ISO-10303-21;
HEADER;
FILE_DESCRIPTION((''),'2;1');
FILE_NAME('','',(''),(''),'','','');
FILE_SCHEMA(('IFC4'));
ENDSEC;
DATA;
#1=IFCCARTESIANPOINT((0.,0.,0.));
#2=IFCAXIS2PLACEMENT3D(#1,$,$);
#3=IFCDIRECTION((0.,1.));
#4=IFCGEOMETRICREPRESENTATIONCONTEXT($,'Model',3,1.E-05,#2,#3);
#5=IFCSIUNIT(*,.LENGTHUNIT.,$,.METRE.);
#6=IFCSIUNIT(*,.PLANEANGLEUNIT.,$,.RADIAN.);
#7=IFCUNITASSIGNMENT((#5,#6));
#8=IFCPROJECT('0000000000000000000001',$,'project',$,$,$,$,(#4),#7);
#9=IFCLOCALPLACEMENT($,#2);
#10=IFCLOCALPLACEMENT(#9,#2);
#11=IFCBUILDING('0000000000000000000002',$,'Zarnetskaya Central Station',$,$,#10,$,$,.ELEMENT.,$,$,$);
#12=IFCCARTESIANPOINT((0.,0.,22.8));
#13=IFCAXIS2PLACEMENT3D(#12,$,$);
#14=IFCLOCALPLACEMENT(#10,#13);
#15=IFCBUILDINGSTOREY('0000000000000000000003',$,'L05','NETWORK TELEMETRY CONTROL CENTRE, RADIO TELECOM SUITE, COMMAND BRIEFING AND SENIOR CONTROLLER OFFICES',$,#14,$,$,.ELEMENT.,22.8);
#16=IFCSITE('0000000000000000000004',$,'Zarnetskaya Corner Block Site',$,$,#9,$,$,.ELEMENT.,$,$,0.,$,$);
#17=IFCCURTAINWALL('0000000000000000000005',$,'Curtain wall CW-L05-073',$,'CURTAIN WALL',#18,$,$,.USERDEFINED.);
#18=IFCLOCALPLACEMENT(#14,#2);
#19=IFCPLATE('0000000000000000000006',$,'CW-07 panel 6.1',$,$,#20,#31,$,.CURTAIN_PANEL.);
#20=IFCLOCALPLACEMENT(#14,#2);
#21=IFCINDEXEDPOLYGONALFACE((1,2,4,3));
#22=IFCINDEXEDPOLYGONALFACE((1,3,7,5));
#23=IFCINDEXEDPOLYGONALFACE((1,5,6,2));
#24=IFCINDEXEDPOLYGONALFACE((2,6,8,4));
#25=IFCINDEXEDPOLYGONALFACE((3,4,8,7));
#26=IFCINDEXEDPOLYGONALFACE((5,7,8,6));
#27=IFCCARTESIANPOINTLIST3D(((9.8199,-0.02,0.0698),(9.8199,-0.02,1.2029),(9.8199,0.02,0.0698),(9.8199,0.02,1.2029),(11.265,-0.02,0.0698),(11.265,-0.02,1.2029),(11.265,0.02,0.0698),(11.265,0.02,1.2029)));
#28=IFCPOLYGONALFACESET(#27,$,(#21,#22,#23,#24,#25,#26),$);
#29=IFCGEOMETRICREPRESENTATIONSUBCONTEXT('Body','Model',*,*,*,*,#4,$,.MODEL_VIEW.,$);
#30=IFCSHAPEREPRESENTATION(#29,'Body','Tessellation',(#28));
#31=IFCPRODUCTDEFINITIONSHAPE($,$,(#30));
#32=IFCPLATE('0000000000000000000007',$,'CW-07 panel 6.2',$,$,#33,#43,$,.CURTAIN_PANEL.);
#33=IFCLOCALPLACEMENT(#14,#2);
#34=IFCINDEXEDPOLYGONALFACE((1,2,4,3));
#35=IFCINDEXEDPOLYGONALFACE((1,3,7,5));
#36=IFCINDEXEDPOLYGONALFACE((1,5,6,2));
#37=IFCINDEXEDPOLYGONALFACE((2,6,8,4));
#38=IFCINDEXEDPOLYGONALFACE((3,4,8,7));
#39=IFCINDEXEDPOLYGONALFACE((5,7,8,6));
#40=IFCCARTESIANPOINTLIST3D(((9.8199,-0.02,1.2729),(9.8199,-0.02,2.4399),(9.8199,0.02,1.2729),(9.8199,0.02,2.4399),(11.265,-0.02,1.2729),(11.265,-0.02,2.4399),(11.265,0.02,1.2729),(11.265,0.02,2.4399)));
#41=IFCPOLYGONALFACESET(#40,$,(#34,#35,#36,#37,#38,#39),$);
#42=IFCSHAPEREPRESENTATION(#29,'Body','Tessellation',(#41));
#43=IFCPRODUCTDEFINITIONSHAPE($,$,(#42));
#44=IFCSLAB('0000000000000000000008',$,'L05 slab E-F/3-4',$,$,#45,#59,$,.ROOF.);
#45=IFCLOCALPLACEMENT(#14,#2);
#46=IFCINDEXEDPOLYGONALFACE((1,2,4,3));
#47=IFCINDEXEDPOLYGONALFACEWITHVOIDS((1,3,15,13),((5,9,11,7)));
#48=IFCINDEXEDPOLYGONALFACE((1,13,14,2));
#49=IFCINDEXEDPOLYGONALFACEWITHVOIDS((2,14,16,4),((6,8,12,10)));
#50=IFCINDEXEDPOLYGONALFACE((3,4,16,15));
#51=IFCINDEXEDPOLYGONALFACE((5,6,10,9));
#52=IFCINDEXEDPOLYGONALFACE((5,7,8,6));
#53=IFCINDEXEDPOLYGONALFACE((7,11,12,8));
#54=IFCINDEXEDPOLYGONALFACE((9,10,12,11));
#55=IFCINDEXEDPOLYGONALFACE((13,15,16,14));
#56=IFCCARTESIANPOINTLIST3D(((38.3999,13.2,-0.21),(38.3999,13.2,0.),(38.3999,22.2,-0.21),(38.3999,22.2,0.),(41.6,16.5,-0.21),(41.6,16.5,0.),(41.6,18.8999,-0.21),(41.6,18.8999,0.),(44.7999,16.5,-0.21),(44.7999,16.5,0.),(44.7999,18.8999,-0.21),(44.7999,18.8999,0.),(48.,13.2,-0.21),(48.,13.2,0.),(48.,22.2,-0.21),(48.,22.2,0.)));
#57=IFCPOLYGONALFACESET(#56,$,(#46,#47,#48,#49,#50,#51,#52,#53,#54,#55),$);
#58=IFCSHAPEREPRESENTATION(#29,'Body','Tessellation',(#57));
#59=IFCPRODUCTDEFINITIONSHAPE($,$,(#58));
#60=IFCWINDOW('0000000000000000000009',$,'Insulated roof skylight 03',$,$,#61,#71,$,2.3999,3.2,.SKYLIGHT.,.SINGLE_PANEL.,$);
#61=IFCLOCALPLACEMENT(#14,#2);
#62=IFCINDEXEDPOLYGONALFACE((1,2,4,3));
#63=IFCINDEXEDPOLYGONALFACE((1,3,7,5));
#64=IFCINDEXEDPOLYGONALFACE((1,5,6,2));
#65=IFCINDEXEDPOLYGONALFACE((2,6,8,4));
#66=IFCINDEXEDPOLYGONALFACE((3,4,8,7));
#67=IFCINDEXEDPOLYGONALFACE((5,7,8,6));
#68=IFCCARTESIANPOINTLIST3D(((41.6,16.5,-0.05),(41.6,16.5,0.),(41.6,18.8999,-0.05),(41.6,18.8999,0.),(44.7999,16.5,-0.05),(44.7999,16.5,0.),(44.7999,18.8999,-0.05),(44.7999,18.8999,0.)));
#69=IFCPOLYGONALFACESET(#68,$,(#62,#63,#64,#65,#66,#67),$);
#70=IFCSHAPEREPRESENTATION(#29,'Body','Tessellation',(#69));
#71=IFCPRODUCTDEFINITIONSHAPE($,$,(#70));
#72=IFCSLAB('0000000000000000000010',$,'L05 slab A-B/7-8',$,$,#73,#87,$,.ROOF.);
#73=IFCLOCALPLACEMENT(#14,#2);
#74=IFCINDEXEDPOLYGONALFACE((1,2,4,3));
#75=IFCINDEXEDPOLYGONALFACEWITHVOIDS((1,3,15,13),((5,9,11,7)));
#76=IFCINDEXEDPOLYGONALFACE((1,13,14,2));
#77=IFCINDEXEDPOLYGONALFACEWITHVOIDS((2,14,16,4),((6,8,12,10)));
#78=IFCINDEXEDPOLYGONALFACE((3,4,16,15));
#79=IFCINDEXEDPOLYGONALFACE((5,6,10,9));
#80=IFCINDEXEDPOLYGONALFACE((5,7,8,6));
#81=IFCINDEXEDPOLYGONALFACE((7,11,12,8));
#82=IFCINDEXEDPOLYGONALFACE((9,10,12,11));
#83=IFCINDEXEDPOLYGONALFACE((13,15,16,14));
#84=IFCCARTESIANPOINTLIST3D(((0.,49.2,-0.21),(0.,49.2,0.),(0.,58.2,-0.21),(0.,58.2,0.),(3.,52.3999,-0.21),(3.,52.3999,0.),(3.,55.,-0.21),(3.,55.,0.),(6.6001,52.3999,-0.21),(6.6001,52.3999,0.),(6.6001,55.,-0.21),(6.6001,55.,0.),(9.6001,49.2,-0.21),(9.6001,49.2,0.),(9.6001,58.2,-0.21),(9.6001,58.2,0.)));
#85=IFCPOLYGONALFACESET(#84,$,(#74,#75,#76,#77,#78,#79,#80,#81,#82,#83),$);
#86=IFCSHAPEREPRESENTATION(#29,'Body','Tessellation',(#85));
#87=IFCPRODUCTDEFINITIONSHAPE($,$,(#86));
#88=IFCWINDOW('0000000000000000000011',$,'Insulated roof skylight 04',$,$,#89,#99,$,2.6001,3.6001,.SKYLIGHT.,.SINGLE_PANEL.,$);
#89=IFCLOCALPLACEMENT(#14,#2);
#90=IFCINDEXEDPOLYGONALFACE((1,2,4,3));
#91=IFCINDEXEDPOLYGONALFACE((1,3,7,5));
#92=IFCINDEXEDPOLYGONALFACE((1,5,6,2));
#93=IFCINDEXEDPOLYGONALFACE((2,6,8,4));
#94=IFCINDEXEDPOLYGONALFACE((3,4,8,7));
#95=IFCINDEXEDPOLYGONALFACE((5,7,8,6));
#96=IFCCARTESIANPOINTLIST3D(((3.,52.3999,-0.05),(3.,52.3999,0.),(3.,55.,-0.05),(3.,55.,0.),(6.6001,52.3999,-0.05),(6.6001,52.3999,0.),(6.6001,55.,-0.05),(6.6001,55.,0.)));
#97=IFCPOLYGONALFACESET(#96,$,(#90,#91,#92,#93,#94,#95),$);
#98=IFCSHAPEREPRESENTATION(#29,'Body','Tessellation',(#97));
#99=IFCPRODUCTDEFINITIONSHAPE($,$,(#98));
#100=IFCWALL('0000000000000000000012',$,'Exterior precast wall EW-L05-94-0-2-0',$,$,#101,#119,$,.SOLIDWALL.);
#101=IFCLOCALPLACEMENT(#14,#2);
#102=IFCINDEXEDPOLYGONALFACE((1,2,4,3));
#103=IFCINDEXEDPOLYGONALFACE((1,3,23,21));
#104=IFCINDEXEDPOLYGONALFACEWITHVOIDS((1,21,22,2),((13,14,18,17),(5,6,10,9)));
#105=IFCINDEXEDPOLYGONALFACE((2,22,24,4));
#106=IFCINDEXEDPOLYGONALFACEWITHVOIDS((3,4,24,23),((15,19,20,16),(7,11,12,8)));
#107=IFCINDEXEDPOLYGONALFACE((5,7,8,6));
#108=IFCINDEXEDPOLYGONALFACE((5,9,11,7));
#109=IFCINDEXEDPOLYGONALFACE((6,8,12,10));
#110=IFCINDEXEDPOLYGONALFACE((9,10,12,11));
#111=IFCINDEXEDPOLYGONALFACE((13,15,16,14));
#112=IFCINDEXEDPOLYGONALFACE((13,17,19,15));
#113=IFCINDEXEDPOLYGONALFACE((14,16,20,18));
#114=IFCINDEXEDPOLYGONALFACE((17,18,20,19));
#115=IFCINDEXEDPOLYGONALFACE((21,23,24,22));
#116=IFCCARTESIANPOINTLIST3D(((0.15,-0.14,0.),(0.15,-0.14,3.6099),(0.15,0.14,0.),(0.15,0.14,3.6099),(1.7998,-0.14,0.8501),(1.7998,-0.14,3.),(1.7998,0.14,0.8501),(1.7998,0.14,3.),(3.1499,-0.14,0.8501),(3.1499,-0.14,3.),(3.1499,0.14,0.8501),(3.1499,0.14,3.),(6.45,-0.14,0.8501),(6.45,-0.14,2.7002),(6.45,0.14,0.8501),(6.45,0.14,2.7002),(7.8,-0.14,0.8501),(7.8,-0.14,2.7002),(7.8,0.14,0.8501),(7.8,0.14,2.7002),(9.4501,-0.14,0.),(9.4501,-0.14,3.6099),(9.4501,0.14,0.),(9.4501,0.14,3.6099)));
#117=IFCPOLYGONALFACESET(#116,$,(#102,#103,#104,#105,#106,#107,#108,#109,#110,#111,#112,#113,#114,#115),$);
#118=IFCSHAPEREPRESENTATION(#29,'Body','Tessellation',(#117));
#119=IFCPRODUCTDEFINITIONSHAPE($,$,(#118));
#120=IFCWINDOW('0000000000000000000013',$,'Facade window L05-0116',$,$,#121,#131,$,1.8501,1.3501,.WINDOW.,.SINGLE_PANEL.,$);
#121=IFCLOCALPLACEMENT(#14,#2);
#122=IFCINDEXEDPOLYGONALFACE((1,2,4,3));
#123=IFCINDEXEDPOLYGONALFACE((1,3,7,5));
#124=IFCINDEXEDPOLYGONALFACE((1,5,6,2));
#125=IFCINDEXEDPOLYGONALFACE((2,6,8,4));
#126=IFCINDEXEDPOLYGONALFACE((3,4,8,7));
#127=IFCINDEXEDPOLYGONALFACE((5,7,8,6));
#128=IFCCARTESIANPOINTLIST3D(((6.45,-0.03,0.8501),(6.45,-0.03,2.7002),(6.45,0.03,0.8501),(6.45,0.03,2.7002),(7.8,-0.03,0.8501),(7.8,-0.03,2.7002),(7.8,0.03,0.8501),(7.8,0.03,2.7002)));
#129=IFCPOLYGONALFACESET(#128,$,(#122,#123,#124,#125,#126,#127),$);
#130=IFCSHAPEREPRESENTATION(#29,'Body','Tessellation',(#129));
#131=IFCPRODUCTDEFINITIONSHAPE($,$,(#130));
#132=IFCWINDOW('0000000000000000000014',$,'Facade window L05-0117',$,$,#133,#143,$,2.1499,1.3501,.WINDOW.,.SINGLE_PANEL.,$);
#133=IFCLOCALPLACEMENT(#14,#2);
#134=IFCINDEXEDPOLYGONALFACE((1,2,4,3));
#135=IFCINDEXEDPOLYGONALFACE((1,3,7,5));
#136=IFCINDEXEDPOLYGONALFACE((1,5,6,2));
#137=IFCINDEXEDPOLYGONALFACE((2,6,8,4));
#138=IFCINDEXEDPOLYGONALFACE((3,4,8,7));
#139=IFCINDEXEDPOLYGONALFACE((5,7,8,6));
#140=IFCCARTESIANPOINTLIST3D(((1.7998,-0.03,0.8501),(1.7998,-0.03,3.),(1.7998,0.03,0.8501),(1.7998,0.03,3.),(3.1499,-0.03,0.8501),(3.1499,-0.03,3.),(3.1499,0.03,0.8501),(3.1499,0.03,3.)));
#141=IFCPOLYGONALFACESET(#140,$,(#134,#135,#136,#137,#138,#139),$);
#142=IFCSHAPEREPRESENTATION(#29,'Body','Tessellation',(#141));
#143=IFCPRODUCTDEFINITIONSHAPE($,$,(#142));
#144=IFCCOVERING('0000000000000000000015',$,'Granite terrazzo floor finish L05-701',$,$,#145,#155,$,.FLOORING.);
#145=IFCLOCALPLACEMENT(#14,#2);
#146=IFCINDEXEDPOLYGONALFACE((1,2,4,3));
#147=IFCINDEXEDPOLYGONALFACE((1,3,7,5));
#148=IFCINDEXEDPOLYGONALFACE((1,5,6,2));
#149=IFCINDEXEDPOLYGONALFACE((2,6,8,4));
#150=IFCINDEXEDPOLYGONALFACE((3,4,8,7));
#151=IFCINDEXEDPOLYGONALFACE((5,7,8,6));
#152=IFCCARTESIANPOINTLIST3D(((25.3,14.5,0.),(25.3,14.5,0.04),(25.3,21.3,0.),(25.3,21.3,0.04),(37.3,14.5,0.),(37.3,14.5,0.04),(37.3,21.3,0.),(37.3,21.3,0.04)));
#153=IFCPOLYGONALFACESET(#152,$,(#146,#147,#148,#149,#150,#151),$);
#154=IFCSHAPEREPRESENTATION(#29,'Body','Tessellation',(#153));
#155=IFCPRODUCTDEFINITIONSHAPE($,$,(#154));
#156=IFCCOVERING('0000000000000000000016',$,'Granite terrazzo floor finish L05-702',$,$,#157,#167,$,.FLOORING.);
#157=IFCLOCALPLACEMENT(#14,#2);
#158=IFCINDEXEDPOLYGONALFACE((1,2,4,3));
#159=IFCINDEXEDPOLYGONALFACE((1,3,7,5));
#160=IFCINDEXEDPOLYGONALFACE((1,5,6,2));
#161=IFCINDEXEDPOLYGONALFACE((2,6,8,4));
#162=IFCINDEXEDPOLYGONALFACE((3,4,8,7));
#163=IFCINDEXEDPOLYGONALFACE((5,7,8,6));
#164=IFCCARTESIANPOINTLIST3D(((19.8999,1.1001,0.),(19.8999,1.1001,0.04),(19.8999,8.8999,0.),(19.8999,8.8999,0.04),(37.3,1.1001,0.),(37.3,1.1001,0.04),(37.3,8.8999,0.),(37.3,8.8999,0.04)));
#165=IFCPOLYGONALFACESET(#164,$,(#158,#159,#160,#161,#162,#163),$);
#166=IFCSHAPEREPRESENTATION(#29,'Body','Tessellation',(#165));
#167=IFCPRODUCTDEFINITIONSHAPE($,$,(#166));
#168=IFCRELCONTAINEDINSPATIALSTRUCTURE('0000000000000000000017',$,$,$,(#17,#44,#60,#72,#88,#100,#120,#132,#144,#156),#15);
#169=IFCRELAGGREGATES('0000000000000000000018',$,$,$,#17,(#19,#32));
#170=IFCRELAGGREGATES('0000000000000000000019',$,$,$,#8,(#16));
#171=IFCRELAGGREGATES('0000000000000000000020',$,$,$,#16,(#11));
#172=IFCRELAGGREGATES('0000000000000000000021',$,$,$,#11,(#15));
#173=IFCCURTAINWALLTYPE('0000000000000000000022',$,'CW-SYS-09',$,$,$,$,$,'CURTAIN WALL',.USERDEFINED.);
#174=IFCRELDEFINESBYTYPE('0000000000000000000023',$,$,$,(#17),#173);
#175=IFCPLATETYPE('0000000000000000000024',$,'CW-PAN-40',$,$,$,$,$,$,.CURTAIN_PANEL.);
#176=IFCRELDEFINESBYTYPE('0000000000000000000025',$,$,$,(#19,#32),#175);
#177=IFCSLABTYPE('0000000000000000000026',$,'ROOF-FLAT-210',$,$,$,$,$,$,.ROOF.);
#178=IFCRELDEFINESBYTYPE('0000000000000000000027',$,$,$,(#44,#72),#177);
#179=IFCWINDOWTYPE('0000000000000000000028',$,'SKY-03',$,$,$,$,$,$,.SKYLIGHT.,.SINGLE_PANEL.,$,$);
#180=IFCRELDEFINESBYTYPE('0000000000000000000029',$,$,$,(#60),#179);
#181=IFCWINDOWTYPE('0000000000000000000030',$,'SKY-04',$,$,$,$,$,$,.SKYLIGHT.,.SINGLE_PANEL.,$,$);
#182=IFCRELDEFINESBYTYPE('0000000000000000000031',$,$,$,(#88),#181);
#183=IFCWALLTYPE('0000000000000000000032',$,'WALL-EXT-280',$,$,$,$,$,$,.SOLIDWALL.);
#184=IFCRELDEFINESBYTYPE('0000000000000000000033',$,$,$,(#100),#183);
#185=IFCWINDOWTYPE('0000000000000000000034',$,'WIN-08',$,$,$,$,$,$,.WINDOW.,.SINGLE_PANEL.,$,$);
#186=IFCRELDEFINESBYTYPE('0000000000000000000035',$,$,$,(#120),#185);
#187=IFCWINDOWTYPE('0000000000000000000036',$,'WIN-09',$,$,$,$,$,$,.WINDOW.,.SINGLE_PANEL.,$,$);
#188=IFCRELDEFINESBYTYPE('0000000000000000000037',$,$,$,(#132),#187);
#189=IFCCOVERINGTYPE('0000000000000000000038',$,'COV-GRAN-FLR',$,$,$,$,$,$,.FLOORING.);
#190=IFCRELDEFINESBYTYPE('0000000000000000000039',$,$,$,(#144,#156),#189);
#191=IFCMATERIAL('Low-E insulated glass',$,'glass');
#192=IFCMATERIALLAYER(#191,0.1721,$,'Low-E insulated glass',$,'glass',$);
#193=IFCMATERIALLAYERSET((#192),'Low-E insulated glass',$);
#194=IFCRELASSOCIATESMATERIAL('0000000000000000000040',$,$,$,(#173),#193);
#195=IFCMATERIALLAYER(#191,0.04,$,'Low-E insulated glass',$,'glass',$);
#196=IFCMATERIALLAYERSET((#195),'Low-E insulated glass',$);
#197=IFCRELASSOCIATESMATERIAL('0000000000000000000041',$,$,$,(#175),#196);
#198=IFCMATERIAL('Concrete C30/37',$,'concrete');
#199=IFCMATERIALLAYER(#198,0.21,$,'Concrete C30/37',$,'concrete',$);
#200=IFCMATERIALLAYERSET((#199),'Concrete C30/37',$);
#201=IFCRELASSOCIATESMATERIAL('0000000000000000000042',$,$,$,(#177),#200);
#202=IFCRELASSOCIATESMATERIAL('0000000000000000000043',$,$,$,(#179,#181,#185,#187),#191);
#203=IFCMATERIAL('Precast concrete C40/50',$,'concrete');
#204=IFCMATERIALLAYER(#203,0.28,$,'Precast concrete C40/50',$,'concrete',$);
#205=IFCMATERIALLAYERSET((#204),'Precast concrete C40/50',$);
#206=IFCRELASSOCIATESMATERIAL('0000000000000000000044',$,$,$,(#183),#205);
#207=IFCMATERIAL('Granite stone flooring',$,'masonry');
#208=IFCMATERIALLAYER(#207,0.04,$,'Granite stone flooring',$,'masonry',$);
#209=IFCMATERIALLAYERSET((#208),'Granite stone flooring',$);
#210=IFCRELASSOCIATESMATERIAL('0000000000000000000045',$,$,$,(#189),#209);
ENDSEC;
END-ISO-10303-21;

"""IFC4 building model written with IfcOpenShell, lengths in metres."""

from ifc_helpers import new_model, si_unit, direction, frame, frame_2d, origin, origin_2d, place, context, subcontext, project, spatial, polyline, rectangle, outline, extrude, material, layer, layer_set, type_object, element, fill, aggregate, save


model = new_model("IFC4")

# Units and contexts
model_context = context("Model", 3, precision=1e-05, world=origin(), true_north=direction((0.0, 1.0)))
body_context = subcontext(model_context, "Body", "Model", "MODEL_VIEW")
ifc_project = project(units=[si_unit("LENGTHUNIT", "METRE"), si_unit("PLANEANGLEUNIT", "RADIAN")], contexts=[model_context])

# Site, building, storey
site_placement = place(None, origin())
site = spatial("IfcSite", under=ifc_project, at=site_placement, Name="Zarnetskaya Corner Block Site", CompositionType="ELEMENT", RefElevation=0.0)
building_placement = place(site_placement, origin())
building = spatial("IfcBuilding", under=site, at=building_placement, Name="Zarnetskaya Central Station", CompositionType="ELEMENT")
storey_placement = place(building_placement, frame((0.0, 0.0, 22.8)))
storey = spatial("IfcBuildingStorey", under=building, at=storey_placement, Name="L05", Description="NETWORK TELEMETRY CONTROL CENTRE, RADIO TELECOM SUITE, COMMAND BRIEFING AND SENIOR CONTROLLER OFFICES", CompositionType="ELEMENT", Elevation=22.8)

# Curtain wall
ifc_material_1 = material(Name="Low-E insulated glass", Category="glass")
ifc_layer_1 = layer(ifc_material_1, 0.1721, Name="Low-E insulated glass", Category="glass")
ifc_layer_set_1 = layer_set([ifc_layer_1], Name="Low-E insulated glass")
curtain_wall_type_1 = type_object("IfcCurtainWallType", Name="CW-SYS-09", ElementType="CURTAIN WALL", PredefinedType="USERDEFINED", material=ifc_layer_set_1)
curtain_wall_1_placement = place(storey_placement, origin())
curtain_wall_1 = element("IfcCurtainWall", 1, at=curtain_wall_1_placement, inside=storey, type_object=curtain_wall_type_1, Name="Curtain wall CW-L05-073", ObjectType="CURTAIN WALL", PredefinedType="USERDEFINED")

# Plates
ifc_layer_2 = layer(ifc_material_1, 0.04, Name="Low-E insulated glass", Category="glass")
ifc_layer_set_2 = layer_set([ifc_layer_2], Name="Low-E insulated glass")
plate_type = type_object("IfcPlateType", Name="CW-PAN-40", PredefinedType="CURTAIN_PANEL", material=ifc_layer_set_2)
plate_1_placement = place(storey_placement, frame((10.5425, 0.0, 0.0698), z_axis=(0.0, 0.0, 1.0), x_axis=(-1.0, 0.0, 0.0)))
plate_1 = element("IfcPlate", 2, at=plate_1_placement, type_object=plate_type, Name="CW-07 panel 6.1", PredefinedType="CURTAIN_PANEL", context=body_context, shape_type="SweptSolid", body=[
    extrude(rectangle(XDim=1.4451, YDim=0.04, at=origin_2d()), origin(), (0.0, 0.0, 1.0), 1.1331),
])
plate_2_placement = place(storey_placement, frame((10.5425, 0.0, 1.2729), z_axis=(0.0, 0.0, 1.0), x_axis=(-1.0, 0.0, 0.0)))
plate_2 = element("IfcPlate", 3, at=plate_2_placement, type_object=plate_type, Name="CW-07 panel 6.2", PredefinedType="CURTAIN_PANEL", context=body_context, shape_type="SweptSolid", body=[
    extrude(rectangle(XDim=1.4451, YDim=0.04, at=origin_2d()), origin(), (0.0, 0.0, 1.0), 1.167),
])
aggregate(curtain_wall_1, [plate_1, plate_2])

# Slabs, openings, windows
ifc_material_2 = material(Name="Concrete C30/37", Category="concrete")
ifc_layer_3 = layer(ifc_material_2, 0.21, Name="Concrete C30/37", Category="concrete")
ifc_layer_set_3 = layer_set([ifc_layer_3], Name="Concrete C30/37")
slab_type = type_object("IfcSlabType", Name="ROOF-FLAT-210", PredefinedType="ROOF", material=ifc_layer_set_3)
slab_1_placement = place(storey_placement, frame((0.0, 0.0, -0.21)))
slab_1 = element("IfcSlab", 4, at=slab_1_placement, inside=storey, type_object=slab_type, Name="L05 slab E-F/3-4", PredefinedType="ROOF", context=body_context, shape_type="SweptSolid", body=[
    extrude(outline(polyline([(38.3999, 13.2), (48.0, 13.2), (48.0, 22.2), (38.3999, 22.2), (38.3999, 13.2)])), origin(), (0.0, 0.0, 1.0), 0.21),
])
opening_1_placement = place(slab_1_placement, frame((43.2, 17.7, 0.0)))
opening_1 = element("IfcOpeningElement", 5, at=opening_1_placement, cuts=slab_1, PredefinedType="OPENING", context=body_context, shape_type="SweptSolid", body=[
    extrude(rectangle(XDim=3.2, YDim=2.3999, at=origin_2d()), frame((0.0, 0.0, -0.01)), (0.0, 0.0, 1.0), 0.23),
])
window_type_1 = type_object("IfcWindowType", Name="SKY-03", PartitioningType="SINGLE_PANEL", PredefinedType="SKYLIGHT", material=ifc_material_1)
window_1_placement = place(opening_1_placement, frame((0.0, 0.0, 0.1599)))
window_1 = element("IfcWindow", 6, at=window_1_placement, inside=storey, type_object=window_type_1, Name="Insulated roof skylight 03", OverallHeight=2.3999, OverallWidth=3.2, PartitioningType="SINGLE_PANEL", PredefinedType="SKYLIGHT", context=body_context, shape_type="SweptSolid", body=[
    extrude(rectangle(XDim=3.2, YDim=2.3999, at=origin_2d()), origin(), (0.0, 0.0, 1.0), 0.05),
])
fill(opening_1, window_1)
slab_2_placement = place(storey_placement, frame((0.0, 0.0, -0.21)))
slab_2 = element("IfcSlab", 7, at=slab_2_placement, inside=storey, type_object=slab_type, Name="L05 slab A-B/7-8", PredefinedType="ROOF", context=body_context, shape_type="SweptSolid", body=[
    extrude(outline(polyline([(0.0, 49.2), (9.6001, 49.2), (9.6001, 58.2), (0.0, 58.2), (0.0, 49.2)])), origin(), (0.0, 0.0, 1.0), 0.21),
])
opening_2_placement = place(slab_2_placement, frame((4.8, 53.7, 0.0)))
opening_2 = element("IfcOpeningElement", 8, at=opening_2_placement, cuts=slab_2, PredefinedType="OPENING", context=body_context, shape_type="SweptSolid", body=[
    extrude(rectangle(XDim=3.6001, YDim=2.6001, at=origin_2d()), frame((0.0, 0.0, -0.01)), (0.0, 0.0, 1.0), 0.23),
])
window_type_2 = type_object("IfcWindowType", Name="SKY-04", PartitioningType="SINGLE_PANEL", PredefinedType="SKYLIGHT", material=ifc_material_1)
window_2_placement = place(opening_2_placement, frame((0.0, 0.0, 0.1599)))
window_2 = element("IfcWindow", 9, at=window_2_placement, inside=storey, type_object=window_type_2, Name="Insulated roof skylight 04", OverallHeight=2.6001, OverallWidth=3.6001, PartitioningType="SINGLE_PANEL", PredefinedType="SKYLIGHT", context=body_context, shape_type="SweptSolid", body=[
    extrude(rectangle(XDim=3.6001, YDim=2.6001, at=origin_2d()), origin(), (0.0, 0.0, 1.0), 0.05),
])
fill(opening_2, window_2)

# Wall, openings, windows
ifc_material_3 = material(Name="Precast concrete C40/50", Category="concrete")
ifc_layer_4 = layer(ifc_material_3, 0.28, Name="Precast concrete C40/50", Category="concrete")
ifc_layer_set_4 = layer_set([ifc_layer_4], Name="Precast concrete C40/50")
wall_type = type_object("IfcWallType", Name="WALL-EXT-280", PredefinedType="SOLIDWALL", material=ifc_layer_set_4)
wall_placement = place(storey_placement, frame((9.45, 0.0, 0.0), z_axis=(0.0, 0.0, 1.0), x_axis=(-1.0, 0.0, 0.0)))
wall = element("IfcWall", 10, at=wall_placement, inside=storey, type_object=wall_type, Name="Exterior precast wall EW-L05-94-0-2-0", PredefinedType="SOLIDWALL", context=body_context, shape_type="SweptSolid", body=[
    extrude(rectangle(XDim=9.3, YDim=0.28, at=frame_2d((4.6499, 0.0))), origin(), (0.0, 0.0, 1.0), 3.6099),
])
opening_3_placement = place(wall_placement, frame((1.6499, 0.0, 0.8501)))
opening_3 = element("IfcOpeningElement", 11, at=opening_3_placement, cuts=wall, PredefinedType="OPENING", context=body_context, shape_type="SweptSolid", body=[
    extrude(rectangle(XDim=1.3501, YDim=1.8501, at=frame_2d((0.675, 0.925))), frame((0.0, 0.1499, 0.0), z_axis=(0.0, -1.0, 0.0), x_axis=(1.0, 0.0, 0.0)), (0.0, 0.0, 1.0), 0.3),
])
opening_4_placement = place(wall_placement, frame((6.3, 0.0, 0.8501)))
opening_4 = element("IfcOpeningElement", 12, at=opening_4_placement, cuts=wall, PredefinedType="OPENING", context=body_context, shape_type="SweptSolid", body=[
    extrude(rectangle(XDim=1.3501, YDim=2.1499, at=frame_2d((0.675, 1.075))), frame((0.0, 0.1499, 0.0), z_axis=(0.0, -1.0, 0.0), x_axis=(1.0, 0.0, 0.0)), (0.0, 0.0, 1.0), 0.3),
])
window_type_3 = type_object("IfcWindowType", Name="WIN-08", PartitioningType="SINGLE_PANEL", PredefinedType="WINDOW", material=ifc_material_1)
window_3_placement = place(opening_3_placement, origin())
window_3 = element("IfcWindow", 13, at=window_3_placement, inside=storey, type_object=window_type_3, Name="Facade window L05-0116", OverallHeight=1.8501, OverallWidth=1.3501, PartitioningType="SINGLE_PANEL", PredefinedType="WINDOW", context=body_context, shape_type="SweptSolid", body=[
    extrude(rectangle(XDim=1.3501, YDim=1.8501, at=frame_2d((0.675, 0.925))), frame((0.0, 0.03, 0.0), z_axis=(0.0, -1.0, 0.0), x_axis=(1.0, 0.0, 0.0)), (0.0, 0.0, 1.0), 0.0601),
])
fill(opening_3, window_3)
window_type_4 = type_object("IfcWindowType", Name="WIN-09", PartitioningType="SINGLE_PANEL", PredefinedType="WINDOW", material=ifc_material_1)
window_4_placement = place(opening_4_placement, origin())
window_4 = element("IfcWindow", 14, at=window_4_placement, inside=storey, type_object=window_type_4, Name="Facade window L05-0117", OverallHeight=2.1499, OverallWidth=1.3501, PartitioningType="SINGLE_PANEL", PredefinedType="WINDOW", context=body_context, shape_type="SweptSolid", body=[
    extrude(rectangle(XDim=1.3501, YDim=2.1499, at=frame_2d((0.675, 1.075))), frame((0.0, 0.03, 0.0), z_axis=(0.0, -1.0, 0.0), x_axis=(1.0, 0.0, 0.0)), (0.0, 0.0, 1.0), 0.0601),
])
fill(opening_4, window_4)

# Coverings
ifc_material_4 = material(Name="Granite stone flooring", Category="masonry")
ifc_layer_5 = layer(ifc_material_4, 0.04, Name="Granite stone flooring", Category="masonry")
ifc_layer_set_5 = layer_set([ifc_layer_5], Name="Granite stone flooring")
covering_type = type_object("IfcCoveringType", Name="COV-GRAN-FLR", PredefinedType="FLOORING", material=ifc_layer_set_5)
covering_1_placement = place(storey_placement, origin())
element("IfcCovering", 15, at=covering_1_placement, inside=storey, type_object=covering_type, Name="Granite terrazzo floor finish L05-701", PredefinedType="FLOORING", context=body_context, shape_type="SweptSolid", body=[
    extrude(outline(polyline([(25.3, 14.5), (37.3, 14.5), (37.3, 21.3), (25.3, 21.3), (25.3, 14.5)])), origin(), (0.0, 0.0, 1.0), 0.04),
])
covering_2_placement = place(storey_placement, origin())
element("IfcCovering", 16, at=covering_2_placement, inside=storey, type_object=covering_type, Name="Granite terrazzo floor finish L05-702", PredefinedType="FLOORING", context=body_context, shape_type="SweptSolid", body=[
    extrude(outline(polyline([(19.8999, 1.1001), (37.3, 1.1001), (37.3, 8.8999), (19.8999, 8.8999), (19.8999, 1.1001)])), origin(), (0.0, 0.0, 1.0), 0.04),
])

save(model, "model.ifc")
